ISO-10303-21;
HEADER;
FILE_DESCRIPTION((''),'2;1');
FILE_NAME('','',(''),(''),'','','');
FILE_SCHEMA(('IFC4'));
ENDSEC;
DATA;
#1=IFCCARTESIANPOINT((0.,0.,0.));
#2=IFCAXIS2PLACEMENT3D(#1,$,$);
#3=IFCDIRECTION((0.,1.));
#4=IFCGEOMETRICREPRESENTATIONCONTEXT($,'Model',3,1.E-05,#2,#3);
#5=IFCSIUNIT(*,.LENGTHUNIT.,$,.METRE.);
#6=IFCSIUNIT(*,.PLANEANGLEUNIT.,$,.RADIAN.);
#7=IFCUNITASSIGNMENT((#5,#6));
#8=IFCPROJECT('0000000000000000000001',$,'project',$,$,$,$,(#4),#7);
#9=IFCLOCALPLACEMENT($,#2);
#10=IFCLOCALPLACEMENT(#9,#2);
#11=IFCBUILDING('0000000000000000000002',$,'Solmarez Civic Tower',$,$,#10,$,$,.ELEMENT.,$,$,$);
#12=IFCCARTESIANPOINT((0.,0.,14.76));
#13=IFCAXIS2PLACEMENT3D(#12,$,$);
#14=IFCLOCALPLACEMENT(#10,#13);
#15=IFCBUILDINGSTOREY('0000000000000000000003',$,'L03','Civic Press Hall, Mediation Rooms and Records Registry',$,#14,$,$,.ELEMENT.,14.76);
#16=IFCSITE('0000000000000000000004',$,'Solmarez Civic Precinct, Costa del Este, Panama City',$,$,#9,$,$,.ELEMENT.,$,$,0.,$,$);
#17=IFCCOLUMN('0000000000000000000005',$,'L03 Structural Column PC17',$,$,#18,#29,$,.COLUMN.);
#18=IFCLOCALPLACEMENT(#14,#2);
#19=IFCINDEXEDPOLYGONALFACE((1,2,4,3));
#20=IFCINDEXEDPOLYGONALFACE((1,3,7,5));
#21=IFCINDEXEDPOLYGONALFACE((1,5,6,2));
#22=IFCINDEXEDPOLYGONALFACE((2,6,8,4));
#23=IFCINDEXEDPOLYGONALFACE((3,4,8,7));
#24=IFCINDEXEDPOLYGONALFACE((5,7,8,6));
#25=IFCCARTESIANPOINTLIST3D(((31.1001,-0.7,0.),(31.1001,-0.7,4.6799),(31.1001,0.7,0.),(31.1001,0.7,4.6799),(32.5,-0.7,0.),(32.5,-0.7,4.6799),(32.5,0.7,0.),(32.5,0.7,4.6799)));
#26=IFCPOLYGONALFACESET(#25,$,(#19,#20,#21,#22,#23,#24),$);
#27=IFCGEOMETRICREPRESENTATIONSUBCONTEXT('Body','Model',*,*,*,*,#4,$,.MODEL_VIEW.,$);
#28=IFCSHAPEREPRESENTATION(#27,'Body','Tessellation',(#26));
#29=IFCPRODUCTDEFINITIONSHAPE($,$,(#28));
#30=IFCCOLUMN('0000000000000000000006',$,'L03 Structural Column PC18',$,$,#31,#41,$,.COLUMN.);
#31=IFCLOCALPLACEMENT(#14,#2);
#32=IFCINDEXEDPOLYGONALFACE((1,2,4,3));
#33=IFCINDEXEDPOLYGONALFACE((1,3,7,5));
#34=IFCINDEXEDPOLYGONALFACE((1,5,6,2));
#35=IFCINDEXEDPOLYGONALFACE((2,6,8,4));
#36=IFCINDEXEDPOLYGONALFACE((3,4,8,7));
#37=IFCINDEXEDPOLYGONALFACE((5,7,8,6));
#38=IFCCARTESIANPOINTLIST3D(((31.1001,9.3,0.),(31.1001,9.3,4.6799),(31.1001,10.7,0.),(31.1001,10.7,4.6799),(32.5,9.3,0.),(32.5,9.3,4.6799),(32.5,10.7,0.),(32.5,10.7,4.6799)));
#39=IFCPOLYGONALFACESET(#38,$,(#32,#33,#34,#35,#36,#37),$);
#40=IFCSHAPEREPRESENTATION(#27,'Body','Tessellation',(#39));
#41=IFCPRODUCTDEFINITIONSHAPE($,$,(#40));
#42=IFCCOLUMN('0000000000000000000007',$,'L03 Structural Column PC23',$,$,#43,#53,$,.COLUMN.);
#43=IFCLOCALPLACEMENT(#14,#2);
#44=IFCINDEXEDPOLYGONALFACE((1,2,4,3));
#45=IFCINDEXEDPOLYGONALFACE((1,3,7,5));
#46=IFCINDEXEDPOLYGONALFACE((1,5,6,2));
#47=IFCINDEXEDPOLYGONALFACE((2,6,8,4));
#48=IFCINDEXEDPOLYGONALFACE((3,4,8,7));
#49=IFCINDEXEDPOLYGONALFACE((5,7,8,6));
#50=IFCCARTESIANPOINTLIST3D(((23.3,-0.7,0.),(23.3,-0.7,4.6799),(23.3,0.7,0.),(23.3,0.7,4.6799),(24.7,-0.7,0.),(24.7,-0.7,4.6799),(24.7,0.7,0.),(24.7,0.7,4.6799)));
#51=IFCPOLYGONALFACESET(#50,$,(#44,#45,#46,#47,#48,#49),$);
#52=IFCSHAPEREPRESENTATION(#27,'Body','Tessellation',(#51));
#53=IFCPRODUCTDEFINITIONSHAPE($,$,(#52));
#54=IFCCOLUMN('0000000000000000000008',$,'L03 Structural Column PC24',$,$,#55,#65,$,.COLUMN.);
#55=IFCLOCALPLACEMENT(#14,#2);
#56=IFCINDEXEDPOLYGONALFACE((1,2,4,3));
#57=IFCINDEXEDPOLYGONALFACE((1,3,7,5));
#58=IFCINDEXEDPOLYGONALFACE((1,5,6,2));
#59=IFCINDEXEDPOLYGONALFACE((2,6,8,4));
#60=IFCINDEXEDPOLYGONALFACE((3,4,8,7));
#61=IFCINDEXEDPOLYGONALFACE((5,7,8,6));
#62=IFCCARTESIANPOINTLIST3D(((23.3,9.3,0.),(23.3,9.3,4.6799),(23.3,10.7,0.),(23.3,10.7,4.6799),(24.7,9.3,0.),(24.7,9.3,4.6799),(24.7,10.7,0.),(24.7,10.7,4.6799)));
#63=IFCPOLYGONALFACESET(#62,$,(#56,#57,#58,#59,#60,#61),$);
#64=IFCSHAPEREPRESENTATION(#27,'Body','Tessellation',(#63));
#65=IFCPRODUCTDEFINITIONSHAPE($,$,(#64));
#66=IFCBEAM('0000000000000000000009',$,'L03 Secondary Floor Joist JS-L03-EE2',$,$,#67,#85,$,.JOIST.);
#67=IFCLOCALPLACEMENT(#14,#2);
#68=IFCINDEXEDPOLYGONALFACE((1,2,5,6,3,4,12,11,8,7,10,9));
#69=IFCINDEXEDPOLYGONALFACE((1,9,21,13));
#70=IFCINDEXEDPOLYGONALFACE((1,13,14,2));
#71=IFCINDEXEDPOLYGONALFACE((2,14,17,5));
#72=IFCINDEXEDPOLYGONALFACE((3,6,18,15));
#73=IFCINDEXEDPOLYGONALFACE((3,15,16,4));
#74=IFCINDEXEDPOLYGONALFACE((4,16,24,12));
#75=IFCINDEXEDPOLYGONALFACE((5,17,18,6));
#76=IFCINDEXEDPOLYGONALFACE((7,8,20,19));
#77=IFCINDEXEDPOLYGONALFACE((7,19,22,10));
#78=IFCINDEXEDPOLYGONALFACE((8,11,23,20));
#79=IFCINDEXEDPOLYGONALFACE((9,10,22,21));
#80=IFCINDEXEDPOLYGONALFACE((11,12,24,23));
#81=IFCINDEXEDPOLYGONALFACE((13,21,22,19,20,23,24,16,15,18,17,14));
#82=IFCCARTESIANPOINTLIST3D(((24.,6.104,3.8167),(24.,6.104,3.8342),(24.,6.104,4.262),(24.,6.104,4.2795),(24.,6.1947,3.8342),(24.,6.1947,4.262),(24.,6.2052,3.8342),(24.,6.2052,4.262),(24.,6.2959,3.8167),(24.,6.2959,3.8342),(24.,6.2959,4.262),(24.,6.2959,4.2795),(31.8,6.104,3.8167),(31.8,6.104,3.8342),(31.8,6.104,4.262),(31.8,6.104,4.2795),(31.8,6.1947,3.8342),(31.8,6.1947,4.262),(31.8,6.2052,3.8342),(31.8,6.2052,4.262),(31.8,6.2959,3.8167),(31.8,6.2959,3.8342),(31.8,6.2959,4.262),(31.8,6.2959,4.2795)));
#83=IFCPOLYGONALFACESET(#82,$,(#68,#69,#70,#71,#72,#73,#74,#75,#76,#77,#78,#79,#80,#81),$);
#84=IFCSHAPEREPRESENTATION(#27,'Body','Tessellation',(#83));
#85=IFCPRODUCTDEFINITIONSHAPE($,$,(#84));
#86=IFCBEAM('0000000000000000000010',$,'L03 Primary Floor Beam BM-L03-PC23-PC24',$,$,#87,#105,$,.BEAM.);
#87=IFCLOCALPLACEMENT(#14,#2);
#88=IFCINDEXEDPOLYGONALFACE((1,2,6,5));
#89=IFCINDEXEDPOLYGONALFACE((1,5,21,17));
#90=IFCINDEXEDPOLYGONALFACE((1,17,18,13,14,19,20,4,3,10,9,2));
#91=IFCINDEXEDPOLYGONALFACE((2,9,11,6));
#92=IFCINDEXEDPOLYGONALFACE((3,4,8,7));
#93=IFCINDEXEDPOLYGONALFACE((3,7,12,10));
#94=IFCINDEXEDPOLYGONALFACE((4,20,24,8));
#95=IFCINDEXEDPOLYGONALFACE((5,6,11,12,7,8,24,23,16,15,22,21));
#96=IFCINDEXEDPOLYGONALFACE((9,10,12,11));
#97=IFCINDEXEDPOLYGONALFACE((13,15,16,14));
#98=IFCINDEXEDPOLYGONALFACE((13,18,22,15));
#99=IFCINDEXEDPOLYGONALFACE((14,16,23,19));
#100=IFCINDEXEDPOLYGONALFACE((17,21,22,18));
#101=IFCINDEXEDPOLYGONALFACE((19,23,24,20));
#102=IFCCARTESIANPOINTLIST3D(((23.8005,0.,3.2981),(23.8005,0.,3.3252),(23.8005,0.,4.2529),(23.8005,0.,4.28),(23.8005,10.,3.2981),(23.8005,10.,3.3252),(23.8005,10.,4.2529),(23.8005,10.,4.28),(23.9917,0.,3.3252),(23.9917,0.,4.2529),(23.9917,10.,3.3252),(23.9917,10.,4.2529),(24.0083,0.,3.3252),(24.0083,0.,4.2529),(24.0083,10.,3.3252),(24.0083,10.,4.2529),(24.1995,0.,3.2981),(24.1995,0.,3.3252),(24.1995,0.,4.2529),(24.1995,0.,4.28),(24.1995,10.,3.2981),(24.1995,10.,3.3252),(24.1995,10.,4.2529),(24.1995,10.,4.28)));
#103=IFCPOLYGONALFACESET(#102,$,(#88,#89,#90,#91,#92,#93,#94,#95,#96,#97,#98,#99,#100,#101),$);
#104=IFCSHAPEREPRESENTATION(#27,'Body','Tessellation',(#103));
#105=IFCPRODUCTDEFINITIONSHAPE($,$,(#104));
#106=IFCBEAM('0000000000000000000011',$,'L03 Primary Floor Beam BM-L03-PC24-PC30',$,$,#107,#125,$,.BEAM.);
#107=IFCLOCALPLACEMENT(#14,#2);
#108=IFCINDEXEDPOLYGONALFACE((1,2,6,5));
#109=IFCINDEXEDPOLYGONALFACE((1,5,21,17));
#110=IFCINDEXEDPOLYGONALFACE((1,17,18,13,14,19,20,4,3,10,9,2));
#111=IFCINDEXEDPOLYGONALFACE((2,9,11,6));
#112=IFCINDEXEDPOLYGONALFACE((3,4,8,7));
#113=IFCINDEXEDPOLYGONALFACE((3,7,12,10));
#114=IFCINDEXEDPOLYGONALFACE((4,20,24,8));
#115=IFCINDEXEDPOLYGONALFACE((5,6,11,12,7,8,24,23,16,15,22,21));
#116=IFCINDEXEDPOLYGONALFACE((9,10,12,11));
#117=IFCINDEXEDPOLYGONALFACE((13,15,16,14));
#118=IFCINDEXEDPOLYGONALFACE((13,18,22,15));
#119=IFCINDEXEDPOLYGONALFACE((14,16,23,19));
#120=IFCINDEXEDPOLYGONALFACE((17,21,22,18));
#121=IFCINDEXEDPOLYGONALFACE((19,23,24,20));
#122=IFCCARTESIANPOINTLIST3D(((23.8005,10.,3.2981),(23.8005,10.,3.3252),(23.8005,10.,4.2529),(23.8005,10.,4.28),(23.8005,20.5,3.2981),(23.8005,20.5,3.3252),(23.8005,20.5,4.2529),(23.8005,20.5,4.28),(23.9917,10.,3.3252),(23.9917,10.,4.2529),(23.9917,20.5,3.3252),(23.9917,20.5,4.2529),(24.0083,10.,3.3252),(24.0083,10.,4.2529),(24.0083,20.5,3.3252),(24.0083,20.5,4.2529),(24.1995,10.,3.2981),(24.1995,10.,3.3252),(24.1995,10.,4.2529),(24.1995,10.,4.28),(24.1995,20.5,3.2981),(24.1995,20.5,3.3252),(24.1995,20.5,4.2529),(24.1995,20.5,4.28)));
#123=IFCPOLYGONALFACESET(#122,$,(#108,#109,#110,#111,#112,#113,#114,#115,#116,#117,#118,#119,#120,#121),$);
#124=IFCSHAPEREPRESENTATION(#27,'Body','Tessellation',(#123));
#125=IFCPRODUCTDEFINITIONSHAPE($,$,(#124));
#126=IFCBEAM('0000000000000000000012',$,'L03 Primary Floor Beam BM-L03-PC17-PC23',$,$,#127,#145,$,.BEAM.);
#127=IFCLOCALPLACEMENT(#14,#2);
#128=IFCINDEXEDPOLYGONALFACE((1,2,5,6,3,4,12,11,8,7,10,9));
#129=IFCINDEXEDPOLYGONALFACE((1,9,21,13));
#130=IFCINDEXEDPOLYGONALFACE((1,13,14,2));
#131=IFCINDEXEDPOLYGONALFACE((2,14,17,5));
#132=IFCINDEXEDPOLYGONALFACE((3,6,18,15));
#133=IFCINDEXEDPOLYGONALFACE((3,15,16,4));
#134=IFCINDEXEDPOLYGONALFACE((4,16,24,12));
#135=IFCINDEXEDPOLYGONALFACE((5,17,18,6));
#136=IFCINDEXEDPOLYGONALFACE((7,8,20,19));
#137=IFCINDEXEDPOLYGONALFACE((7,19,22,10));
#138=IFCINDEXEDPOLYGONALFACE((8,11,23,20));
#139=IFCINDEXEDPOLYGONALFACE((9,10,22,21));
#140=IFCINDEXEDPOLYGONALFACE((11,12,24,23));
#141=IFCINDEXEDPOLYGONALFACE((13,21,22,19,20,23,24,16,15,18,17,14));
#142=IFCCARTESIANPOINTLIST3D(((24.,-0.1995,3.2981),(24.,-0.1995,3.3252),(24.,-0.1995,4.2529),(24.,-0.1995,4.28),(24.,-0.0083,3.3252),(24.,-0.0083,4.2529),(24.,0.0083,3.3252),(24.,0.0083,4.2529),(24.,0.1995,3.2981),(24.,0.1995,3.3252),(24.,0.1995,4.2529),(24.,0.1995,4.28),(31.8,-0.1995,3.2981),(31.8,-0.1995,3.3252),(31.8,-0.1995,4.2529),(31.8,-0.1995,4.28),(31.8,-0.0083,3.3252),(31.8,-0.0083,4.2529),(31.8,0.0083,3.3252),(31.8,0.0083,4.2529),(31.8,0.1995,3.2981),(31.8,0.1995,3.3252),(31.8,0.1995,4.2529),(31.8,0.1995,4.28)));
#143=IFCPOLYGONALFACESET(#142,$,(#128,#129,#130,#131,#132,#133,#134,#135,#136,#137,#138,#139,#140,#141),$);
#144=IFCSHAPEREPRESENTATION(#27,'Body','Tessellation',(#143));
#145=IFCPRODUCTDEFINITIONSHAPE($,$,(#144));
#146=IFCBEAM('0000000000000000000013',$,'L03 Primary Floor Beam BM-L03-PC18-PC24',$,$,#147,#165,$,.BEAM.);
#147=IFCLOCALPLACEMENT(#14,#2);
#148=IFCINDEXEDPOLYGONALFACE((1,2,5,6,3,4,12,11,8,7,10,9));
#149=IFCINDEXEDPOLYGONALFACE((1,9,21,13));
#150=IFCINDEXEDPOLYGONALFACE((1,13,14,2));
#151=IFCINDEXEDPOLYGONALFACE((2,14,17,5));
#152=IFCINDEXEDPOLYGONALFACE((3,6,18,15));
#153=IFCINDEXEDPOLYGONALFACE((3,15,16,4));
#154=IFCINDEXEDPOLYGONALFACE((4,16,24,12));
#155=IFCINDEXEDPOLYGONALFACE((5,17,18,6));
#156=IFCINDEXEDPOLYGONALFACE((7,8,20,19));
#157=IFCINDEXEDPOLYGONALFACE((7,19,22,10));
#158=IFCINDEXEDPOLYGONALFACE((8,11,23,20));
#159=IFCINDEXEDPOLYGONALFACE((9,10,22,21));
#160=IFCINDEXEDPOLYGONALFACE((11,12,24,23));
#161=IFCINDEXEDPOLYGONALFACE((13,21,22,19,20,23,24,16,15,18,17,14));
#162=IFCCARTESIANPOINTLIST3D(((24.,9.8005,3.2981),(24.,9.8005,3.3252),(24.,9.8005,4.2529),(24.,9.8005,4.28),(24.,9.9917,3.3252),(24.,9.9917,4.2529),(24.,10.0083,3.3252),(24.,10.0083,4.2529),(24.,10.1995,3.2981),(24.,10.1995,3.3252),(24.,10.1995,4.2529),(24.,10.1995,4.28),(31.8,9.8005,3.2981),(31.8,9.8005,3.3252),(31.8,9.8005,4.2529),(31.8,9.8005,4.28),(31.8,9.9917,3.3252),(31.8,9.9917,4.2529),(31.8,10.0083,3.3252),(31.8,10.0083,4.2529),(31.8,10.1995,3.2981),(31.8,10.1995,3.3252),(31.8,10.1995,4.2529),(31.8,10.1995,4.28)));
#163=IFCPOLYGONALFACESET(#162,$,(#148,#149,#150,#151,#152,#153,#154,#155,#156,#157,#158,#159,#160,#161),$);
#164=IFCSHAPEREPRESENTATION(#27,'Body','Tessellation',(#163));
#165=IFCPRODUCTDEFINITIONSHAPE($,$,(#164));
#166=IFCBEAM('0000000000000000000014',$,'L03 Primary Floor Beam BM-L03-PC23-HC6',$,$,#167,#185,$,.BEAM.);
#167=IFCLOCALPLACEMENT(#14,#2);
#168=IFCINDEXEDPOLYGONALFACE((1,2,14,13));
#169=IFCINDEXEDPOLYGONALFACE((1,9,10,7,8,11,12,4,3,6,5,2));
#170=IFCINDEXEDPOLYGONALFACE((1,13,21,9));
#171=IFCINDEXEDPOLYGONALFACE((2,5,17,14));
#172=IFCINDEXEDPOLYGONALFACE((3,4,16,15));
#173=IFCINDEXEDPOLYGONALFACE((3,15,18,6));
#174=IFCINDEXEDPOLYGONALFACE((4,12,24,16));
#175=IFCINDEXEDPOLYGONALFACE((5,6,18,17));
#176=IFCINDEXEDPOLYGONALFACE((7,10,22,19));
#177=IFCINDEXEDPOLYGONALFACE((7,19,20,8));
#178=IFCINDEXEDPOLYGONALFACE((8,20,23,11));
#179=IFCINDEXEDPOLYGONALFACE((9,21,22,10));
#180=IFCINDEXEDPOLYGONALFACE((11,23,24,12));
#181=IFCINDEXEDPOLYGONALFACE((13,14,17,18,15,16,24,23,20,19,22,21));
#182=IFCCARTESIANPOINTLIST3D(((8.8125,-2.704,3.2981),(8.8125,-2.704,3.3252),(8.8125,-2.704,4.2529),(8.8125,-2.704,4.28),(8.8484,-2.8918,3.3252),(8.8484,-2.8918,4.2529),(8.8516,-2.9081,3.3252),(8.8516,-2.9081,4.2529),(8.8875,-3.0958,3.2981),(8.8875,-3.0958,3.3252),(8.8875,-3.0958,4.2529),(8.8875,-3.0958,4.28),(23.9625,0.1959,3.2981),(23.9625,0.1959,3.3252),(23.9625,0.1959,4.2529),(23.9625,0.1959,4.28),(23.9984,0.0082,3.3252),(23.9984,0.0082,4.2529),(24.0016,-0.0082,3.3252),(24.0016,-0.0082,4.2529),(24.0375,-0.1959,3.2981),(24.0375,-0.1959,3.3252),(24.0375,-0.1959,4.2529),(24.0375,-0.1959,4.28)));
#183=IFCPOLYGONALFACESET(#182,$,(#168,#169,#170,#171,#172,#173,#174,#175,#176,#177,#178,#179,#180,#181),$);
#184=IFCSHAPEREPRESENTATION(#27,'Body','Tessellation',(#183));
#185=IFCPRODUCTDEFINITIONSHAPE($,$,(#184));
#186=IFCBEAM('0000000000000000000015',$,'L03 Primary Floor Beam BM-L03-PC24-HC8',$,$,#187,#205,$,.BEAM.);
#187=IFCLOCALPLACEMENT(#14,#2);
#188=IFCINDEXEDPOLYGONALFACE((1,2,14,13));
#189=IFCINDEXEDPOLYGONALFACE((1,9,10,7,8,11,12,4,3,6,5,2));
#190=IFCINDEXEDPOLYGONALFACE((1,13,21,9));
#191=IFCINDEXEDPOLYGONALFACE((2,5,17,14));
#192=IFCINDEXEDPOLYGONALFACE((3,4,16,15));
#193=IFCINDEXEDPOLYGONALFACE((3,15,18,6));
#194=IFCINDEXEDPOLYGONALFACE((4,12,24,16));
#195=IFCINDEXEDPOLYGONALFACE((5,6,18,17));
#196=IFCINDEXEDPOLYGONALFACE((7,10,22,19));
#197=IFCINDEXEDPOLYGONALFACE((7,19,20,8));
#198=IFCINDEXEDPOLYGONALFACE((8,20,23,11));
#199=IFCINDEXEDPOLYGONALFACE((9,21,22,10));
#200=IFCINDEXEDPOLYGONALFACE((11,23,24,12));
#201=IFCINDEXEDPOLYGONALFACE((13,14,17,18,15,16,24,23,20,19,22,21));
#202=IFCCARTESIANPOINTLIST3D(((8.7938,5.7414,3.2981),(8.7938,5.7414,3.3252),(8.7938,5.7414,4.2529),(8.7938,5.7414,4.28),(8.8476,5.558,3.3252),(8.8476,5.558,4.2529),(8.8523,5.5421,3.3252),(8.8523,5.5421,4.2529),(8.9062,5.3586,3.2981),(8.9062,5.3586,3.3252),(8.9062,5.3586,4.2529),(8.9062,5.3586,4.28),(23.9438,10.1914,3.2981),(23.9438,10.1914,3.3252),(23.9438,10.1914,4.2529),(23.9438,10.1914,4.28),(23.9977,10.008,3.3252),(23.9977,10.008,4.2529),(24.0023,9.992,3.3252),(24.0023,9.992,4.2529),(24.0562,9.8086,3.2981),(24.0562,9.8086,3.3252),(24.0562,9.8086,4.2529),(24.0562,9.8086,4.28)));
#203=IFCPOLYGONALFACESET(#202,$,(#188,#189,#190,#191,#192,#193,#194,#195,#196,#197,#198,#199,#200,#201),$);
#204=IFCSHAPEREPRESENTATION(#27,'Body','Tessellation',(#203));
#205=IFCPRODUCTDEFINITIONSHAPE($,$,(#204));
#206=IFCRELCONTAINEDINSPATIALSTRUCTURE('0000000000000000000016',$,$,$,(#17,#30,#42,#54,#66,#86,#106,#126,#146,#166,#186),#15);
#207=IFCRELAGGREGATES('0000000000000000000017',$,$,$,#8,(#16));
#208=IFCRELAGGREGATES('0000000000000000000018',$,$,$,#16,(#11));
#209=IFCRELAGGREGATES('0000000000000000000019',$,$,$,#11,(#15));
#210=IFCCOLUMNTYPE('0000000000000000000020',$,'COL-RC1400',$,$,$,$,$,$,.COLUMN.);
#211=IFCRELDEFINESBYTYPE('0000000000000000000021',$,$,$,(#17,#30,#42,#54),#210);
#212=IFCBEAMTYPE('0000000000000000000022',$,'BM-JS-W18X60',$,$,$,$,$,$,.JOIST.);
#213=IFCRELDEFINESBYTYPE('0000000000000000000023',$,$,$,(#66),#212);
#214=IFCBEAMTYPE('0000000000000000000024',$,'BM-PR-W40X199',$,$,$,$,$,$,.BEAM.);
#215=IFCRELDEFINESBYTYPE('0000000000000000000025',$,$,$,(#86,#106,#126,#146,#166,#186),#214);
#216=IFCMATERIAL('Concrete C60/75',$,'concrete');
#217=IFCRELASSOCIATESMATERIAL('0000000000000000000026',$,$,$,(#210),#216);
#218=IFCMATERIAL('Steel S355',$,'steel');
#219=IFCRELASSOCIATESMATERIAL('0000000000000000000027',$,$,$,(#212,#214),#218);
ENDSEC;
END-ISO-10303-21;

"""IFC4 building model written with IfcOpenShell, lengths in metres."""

from ifc_helpers import new_model, si_unit, direction, frame, origin, origin_2d, place, context, subcontext, project, spatial, rectangle, i_section, extrude, material, material_profile, profile_set, type_object, element, save


model = new_model("IFC4")

# Units and contexts
model_context = context("Model", 3, precision=1e-05, world=origin(), true_north=direction((0.0, 1.0)))
body_context = subcontext(model_context, "Body", "Model", "MODEL_VIEW")
ifc_project = project(units=[si_unit("LENGTHUNIT", "METRE"), si_unit("PLANEANGLEUNIT", "RADIAN")], contexts=[model_context])

# Site, building, storey
site_placement = place(None, origin())
site = spatial("IfcSite", under=ifc_project, at=site_placement, Name="Solmarez Civic Precinct, Costa del Este, Panama City", CompositionType="ELEMENT", RefElevation=0.0)
building_placement = place(site_placement, origin())
building = spatial("IfcBuilding", under=site, at=building_placement, Name="Solmarez Civic Tower", CompositionType="ELEMENT")
storey_placement = place(building_placement, frame((0.0, 0.0, 14.76)))
storey = spatial("IfcBuildingStorey", under=building, at=storey_placement, Name="L03", Description="Civic Press Hall, Mediation Rooms and Records Registry", CompositionType="ELEMENT", Elevation=14.76)

# Columns
ifc_material_1 = material(Name="Concrete C60/75", Category="concrete")
ifc_material_profile_1 = material_profile(ifc_material_1, rectangle(XDim=1.3999, YDim=1.3999, at=origin_2d()), Name="RC1400X1400")
ifc_profile_set_1 = profile_set([ifc_material_profile_1], Name="Concrete C60/75")
column_type = type_object("IfcColumnType", Name="COL-RC1400", PredefinedType="COLUMN", material=ifc_profile_set_1)
for number, where, z_axis, x_axis, name in (
    (1, (31.8, 0.0, 0.0), (0.0, 0.0, 1.0), (1.0, 0.0, 0.0), "L03 Structural Column PC17"),
    (2, (31.8, 10.0, 0.0), (0.0, 0.0, 1.0), (1.0, 0.0, 0.0), "L03 Structural Column PC18"),
    (3, (24.0, 0.0, 0.0), (0.0, 0.0, 1.0), (1.0, 0.0, 0.0), "L03 Structural Column PC23"),
    (4, (24.0, 10.0, 0.0), (0.0, 0.0, 1.0), (1.0, 0.0, 0.0), "L03 Structural Column PC24"),
):
    element("IfcColumn", number, at=place(storey_placement, frame(where, z_axis=z_axis, x_axis=x_axis)), inside=storey, type_object=column_type, Name=name, PredefinedType="COLUMN", context=body_context, shape_type="SweptSolid", body=[
        extrude(rectangle(XDim=1.3999, YDim=1.3999, at=origin_2d()), origin(), (0.0, 0.0, 1.0), 4.6799),
    ])

# Beams
ifc_material_2 = material(Name="Steel S355", Category="steel")
ifc_material_profile_2 = material_profile(ifc_material_2, i_section(OverallWidth=0.1919, OverallDepth=0.4629, WebThickness=0.0105, FlangeThickness=0.0176, at=origin_2d()), Name="W18X60")
ifc_profile_set_2 = profile_set([ifc_material_profile_2], Name="Steel S355")
beam_type_1 = type_object("IfcBeamType", Name="BM-JS-W18X60", PredefinedType="JOIST", material=ifc_profile_set_2)
beam_1_placement = place(storey_placement, frame((24.0, 6.2, 4.0481), z_axis=(1.0, 0.0, 0.0), x_axis=(0.0, 1.0, 0.0)))
element("IfcBeam", 5, at=beam_1_placement, inside=storey, type_object=beam_type_1, Name="L03 Secondary Floor Joist JS-L03-EE2", PredefinedType="JOIST", context=body_context, shape_type="SweptSolid", body=[
    extrude(i_section(OverallWidth=0.1919, OverallDepth=0.4629, WebThickness=0.0105, FlangeThickness=0.0176, at=origin_2d()), origin(), (0.0, 0.0, 1.0), 7.8),
])
ifc_material_profile_3 = material_profile(ifc_material_2, i_section(OverallWidth=0.3989, OverallDepth=0.9819, WebThickness=0.0166, FlangeThickness=0.0271, at=origin_2d()), Name="W40X199")
ifc_profile_set_3 = profile_set([ifc_material_profile_3], Name="Steel S355")
beam_type_2 = type_object("IfcBeamType", Name="BM-PR-W40X199", PredefinedType="BEAM", material=ifc_profile_set_3)
beam_2_placement = place(storey_placement, frame((24.0, 0.0, 3.7891), z_axis=(0.0, 1.0, 0.0), x_axis=(-1.0, 0.0, 0.0)))
element("IfcBeam", 6, at=beam_2_placement, inside=storey, type_object=beam_type_2, Name="L03 Primary Floor Beam BM-L03-PC23-PC24", PredefinedType="BEAM", context=body_context, shape_type="SweptSolid", body=[
    extrude(i_section(OverallWidth=0.3989, OverallDepth=0.9819, WebThickness=0.0166, FlangeThickness=0.0271, at=origin_2d()), origin(), (0.0, 0.0, 1.0), 10.0),
])
beam_3_placement = place(storey_placement, frame((24.0, 10.0, 3.7891), z_axis=(0.0, 1.0, 0.0), x_axis=(-1.0, 0.0, 0.0)))
element("IfcBeam", 7, at=beam_3_placement, inside=storey, type_object=beam_type_2, Name="L03 Primary Floor Beam BM-L03-PC24-PC30", PredefinedType="BEAM", context=body_context, shape_type="SweptSolid", body=[
    extrude(i_section(OverallWidth=0.3989, OverallDepth=0.9819, WebThickness=0.0166, FlangeThickness=0.0271, at=origin_2d()), origin(), (0.0, 0.0, 1.0), 10.5),
])
for number, where, z_axis, x_axis, name in (
    (8, (31.8, 0.0, 3.7891), (-1.0, 0.0, 0.0), (0.0, -1.0, 0.0), "L03 Primary Floor Beam BM-L03-PC17-PC23"),
    (9, (31.8, 10.0, 3.7891), (-1.0, 0.0, 0.0), (0.0, -1.0, 0.0), "L03 Primary Floor Beam BM-L03-PC18-PC24"),
):
    element("IfcBeam", number, at=place(storey_placement, frame(where, z_axis=z_axis, x_axis=x_axis)), inside=storey, type_object=beam_type_2, Name=name, PredefinedType="BEAM", context=body_context, shape_type="SweptSolid", body=[
        extrude(i_section(OverallWidth=0.3989, OverallDepth=0.9819, WebThickness=0.0166, FlangeThickness=0.0271, at=origin_2d()), origin(), (0.0, 0.0, 1.0), 7.8),
    ])
beam_4_placement = place(storey_placement, frame((24.0, 0.0, 3.7891), z_axis=(-0.982169, -0.188001, 0.0), x_axis=(0.188001, -0.982169, 0.0)))
element("IfcBeam", 10, at=beam_4_placement, inside=storey, type_object=beam_type_2, Name="L03 Primary Floor Beam BM-L03-PC23-HC6", PredefinedType="BEAM", context=body_context, shape_type="SweptSolid", body=[
    extrude(i_section(OverallWidth=0.3989, OverallDepth=0.9819, WebThickness=0.0166, FlangeThickness=0.0271, at=origin_2d()), origin(), (0.0, 0.0, 1.0), 15.425),
])
beam_5_placement = place(storey_placement, frame((24.0, 10.0, 3.7891), z_axis=(-0.959467, -0.281822, 0.0), x_axis=(0.281822, -0.959467, 0.0)))
element("IfcBeam", 11, at=beam_5_placement, inside=storey, type_object=beam_type_2, Name="L03 Primary Floor Beam BM-L03-PC24-HC8", PredefinedType="BEAM", context=body_context, shape_type="SweptSolid", body=[
    extrude(i_section(OverallWidth=0.3989, OverallDepth=0.9819, WebThickness=0.0166, FlangeThickness=0.0271, at=origin_2d()), origin(), (0.0, 0.0, 1.0), 15.79),
])

save(model, "model.ifc")
